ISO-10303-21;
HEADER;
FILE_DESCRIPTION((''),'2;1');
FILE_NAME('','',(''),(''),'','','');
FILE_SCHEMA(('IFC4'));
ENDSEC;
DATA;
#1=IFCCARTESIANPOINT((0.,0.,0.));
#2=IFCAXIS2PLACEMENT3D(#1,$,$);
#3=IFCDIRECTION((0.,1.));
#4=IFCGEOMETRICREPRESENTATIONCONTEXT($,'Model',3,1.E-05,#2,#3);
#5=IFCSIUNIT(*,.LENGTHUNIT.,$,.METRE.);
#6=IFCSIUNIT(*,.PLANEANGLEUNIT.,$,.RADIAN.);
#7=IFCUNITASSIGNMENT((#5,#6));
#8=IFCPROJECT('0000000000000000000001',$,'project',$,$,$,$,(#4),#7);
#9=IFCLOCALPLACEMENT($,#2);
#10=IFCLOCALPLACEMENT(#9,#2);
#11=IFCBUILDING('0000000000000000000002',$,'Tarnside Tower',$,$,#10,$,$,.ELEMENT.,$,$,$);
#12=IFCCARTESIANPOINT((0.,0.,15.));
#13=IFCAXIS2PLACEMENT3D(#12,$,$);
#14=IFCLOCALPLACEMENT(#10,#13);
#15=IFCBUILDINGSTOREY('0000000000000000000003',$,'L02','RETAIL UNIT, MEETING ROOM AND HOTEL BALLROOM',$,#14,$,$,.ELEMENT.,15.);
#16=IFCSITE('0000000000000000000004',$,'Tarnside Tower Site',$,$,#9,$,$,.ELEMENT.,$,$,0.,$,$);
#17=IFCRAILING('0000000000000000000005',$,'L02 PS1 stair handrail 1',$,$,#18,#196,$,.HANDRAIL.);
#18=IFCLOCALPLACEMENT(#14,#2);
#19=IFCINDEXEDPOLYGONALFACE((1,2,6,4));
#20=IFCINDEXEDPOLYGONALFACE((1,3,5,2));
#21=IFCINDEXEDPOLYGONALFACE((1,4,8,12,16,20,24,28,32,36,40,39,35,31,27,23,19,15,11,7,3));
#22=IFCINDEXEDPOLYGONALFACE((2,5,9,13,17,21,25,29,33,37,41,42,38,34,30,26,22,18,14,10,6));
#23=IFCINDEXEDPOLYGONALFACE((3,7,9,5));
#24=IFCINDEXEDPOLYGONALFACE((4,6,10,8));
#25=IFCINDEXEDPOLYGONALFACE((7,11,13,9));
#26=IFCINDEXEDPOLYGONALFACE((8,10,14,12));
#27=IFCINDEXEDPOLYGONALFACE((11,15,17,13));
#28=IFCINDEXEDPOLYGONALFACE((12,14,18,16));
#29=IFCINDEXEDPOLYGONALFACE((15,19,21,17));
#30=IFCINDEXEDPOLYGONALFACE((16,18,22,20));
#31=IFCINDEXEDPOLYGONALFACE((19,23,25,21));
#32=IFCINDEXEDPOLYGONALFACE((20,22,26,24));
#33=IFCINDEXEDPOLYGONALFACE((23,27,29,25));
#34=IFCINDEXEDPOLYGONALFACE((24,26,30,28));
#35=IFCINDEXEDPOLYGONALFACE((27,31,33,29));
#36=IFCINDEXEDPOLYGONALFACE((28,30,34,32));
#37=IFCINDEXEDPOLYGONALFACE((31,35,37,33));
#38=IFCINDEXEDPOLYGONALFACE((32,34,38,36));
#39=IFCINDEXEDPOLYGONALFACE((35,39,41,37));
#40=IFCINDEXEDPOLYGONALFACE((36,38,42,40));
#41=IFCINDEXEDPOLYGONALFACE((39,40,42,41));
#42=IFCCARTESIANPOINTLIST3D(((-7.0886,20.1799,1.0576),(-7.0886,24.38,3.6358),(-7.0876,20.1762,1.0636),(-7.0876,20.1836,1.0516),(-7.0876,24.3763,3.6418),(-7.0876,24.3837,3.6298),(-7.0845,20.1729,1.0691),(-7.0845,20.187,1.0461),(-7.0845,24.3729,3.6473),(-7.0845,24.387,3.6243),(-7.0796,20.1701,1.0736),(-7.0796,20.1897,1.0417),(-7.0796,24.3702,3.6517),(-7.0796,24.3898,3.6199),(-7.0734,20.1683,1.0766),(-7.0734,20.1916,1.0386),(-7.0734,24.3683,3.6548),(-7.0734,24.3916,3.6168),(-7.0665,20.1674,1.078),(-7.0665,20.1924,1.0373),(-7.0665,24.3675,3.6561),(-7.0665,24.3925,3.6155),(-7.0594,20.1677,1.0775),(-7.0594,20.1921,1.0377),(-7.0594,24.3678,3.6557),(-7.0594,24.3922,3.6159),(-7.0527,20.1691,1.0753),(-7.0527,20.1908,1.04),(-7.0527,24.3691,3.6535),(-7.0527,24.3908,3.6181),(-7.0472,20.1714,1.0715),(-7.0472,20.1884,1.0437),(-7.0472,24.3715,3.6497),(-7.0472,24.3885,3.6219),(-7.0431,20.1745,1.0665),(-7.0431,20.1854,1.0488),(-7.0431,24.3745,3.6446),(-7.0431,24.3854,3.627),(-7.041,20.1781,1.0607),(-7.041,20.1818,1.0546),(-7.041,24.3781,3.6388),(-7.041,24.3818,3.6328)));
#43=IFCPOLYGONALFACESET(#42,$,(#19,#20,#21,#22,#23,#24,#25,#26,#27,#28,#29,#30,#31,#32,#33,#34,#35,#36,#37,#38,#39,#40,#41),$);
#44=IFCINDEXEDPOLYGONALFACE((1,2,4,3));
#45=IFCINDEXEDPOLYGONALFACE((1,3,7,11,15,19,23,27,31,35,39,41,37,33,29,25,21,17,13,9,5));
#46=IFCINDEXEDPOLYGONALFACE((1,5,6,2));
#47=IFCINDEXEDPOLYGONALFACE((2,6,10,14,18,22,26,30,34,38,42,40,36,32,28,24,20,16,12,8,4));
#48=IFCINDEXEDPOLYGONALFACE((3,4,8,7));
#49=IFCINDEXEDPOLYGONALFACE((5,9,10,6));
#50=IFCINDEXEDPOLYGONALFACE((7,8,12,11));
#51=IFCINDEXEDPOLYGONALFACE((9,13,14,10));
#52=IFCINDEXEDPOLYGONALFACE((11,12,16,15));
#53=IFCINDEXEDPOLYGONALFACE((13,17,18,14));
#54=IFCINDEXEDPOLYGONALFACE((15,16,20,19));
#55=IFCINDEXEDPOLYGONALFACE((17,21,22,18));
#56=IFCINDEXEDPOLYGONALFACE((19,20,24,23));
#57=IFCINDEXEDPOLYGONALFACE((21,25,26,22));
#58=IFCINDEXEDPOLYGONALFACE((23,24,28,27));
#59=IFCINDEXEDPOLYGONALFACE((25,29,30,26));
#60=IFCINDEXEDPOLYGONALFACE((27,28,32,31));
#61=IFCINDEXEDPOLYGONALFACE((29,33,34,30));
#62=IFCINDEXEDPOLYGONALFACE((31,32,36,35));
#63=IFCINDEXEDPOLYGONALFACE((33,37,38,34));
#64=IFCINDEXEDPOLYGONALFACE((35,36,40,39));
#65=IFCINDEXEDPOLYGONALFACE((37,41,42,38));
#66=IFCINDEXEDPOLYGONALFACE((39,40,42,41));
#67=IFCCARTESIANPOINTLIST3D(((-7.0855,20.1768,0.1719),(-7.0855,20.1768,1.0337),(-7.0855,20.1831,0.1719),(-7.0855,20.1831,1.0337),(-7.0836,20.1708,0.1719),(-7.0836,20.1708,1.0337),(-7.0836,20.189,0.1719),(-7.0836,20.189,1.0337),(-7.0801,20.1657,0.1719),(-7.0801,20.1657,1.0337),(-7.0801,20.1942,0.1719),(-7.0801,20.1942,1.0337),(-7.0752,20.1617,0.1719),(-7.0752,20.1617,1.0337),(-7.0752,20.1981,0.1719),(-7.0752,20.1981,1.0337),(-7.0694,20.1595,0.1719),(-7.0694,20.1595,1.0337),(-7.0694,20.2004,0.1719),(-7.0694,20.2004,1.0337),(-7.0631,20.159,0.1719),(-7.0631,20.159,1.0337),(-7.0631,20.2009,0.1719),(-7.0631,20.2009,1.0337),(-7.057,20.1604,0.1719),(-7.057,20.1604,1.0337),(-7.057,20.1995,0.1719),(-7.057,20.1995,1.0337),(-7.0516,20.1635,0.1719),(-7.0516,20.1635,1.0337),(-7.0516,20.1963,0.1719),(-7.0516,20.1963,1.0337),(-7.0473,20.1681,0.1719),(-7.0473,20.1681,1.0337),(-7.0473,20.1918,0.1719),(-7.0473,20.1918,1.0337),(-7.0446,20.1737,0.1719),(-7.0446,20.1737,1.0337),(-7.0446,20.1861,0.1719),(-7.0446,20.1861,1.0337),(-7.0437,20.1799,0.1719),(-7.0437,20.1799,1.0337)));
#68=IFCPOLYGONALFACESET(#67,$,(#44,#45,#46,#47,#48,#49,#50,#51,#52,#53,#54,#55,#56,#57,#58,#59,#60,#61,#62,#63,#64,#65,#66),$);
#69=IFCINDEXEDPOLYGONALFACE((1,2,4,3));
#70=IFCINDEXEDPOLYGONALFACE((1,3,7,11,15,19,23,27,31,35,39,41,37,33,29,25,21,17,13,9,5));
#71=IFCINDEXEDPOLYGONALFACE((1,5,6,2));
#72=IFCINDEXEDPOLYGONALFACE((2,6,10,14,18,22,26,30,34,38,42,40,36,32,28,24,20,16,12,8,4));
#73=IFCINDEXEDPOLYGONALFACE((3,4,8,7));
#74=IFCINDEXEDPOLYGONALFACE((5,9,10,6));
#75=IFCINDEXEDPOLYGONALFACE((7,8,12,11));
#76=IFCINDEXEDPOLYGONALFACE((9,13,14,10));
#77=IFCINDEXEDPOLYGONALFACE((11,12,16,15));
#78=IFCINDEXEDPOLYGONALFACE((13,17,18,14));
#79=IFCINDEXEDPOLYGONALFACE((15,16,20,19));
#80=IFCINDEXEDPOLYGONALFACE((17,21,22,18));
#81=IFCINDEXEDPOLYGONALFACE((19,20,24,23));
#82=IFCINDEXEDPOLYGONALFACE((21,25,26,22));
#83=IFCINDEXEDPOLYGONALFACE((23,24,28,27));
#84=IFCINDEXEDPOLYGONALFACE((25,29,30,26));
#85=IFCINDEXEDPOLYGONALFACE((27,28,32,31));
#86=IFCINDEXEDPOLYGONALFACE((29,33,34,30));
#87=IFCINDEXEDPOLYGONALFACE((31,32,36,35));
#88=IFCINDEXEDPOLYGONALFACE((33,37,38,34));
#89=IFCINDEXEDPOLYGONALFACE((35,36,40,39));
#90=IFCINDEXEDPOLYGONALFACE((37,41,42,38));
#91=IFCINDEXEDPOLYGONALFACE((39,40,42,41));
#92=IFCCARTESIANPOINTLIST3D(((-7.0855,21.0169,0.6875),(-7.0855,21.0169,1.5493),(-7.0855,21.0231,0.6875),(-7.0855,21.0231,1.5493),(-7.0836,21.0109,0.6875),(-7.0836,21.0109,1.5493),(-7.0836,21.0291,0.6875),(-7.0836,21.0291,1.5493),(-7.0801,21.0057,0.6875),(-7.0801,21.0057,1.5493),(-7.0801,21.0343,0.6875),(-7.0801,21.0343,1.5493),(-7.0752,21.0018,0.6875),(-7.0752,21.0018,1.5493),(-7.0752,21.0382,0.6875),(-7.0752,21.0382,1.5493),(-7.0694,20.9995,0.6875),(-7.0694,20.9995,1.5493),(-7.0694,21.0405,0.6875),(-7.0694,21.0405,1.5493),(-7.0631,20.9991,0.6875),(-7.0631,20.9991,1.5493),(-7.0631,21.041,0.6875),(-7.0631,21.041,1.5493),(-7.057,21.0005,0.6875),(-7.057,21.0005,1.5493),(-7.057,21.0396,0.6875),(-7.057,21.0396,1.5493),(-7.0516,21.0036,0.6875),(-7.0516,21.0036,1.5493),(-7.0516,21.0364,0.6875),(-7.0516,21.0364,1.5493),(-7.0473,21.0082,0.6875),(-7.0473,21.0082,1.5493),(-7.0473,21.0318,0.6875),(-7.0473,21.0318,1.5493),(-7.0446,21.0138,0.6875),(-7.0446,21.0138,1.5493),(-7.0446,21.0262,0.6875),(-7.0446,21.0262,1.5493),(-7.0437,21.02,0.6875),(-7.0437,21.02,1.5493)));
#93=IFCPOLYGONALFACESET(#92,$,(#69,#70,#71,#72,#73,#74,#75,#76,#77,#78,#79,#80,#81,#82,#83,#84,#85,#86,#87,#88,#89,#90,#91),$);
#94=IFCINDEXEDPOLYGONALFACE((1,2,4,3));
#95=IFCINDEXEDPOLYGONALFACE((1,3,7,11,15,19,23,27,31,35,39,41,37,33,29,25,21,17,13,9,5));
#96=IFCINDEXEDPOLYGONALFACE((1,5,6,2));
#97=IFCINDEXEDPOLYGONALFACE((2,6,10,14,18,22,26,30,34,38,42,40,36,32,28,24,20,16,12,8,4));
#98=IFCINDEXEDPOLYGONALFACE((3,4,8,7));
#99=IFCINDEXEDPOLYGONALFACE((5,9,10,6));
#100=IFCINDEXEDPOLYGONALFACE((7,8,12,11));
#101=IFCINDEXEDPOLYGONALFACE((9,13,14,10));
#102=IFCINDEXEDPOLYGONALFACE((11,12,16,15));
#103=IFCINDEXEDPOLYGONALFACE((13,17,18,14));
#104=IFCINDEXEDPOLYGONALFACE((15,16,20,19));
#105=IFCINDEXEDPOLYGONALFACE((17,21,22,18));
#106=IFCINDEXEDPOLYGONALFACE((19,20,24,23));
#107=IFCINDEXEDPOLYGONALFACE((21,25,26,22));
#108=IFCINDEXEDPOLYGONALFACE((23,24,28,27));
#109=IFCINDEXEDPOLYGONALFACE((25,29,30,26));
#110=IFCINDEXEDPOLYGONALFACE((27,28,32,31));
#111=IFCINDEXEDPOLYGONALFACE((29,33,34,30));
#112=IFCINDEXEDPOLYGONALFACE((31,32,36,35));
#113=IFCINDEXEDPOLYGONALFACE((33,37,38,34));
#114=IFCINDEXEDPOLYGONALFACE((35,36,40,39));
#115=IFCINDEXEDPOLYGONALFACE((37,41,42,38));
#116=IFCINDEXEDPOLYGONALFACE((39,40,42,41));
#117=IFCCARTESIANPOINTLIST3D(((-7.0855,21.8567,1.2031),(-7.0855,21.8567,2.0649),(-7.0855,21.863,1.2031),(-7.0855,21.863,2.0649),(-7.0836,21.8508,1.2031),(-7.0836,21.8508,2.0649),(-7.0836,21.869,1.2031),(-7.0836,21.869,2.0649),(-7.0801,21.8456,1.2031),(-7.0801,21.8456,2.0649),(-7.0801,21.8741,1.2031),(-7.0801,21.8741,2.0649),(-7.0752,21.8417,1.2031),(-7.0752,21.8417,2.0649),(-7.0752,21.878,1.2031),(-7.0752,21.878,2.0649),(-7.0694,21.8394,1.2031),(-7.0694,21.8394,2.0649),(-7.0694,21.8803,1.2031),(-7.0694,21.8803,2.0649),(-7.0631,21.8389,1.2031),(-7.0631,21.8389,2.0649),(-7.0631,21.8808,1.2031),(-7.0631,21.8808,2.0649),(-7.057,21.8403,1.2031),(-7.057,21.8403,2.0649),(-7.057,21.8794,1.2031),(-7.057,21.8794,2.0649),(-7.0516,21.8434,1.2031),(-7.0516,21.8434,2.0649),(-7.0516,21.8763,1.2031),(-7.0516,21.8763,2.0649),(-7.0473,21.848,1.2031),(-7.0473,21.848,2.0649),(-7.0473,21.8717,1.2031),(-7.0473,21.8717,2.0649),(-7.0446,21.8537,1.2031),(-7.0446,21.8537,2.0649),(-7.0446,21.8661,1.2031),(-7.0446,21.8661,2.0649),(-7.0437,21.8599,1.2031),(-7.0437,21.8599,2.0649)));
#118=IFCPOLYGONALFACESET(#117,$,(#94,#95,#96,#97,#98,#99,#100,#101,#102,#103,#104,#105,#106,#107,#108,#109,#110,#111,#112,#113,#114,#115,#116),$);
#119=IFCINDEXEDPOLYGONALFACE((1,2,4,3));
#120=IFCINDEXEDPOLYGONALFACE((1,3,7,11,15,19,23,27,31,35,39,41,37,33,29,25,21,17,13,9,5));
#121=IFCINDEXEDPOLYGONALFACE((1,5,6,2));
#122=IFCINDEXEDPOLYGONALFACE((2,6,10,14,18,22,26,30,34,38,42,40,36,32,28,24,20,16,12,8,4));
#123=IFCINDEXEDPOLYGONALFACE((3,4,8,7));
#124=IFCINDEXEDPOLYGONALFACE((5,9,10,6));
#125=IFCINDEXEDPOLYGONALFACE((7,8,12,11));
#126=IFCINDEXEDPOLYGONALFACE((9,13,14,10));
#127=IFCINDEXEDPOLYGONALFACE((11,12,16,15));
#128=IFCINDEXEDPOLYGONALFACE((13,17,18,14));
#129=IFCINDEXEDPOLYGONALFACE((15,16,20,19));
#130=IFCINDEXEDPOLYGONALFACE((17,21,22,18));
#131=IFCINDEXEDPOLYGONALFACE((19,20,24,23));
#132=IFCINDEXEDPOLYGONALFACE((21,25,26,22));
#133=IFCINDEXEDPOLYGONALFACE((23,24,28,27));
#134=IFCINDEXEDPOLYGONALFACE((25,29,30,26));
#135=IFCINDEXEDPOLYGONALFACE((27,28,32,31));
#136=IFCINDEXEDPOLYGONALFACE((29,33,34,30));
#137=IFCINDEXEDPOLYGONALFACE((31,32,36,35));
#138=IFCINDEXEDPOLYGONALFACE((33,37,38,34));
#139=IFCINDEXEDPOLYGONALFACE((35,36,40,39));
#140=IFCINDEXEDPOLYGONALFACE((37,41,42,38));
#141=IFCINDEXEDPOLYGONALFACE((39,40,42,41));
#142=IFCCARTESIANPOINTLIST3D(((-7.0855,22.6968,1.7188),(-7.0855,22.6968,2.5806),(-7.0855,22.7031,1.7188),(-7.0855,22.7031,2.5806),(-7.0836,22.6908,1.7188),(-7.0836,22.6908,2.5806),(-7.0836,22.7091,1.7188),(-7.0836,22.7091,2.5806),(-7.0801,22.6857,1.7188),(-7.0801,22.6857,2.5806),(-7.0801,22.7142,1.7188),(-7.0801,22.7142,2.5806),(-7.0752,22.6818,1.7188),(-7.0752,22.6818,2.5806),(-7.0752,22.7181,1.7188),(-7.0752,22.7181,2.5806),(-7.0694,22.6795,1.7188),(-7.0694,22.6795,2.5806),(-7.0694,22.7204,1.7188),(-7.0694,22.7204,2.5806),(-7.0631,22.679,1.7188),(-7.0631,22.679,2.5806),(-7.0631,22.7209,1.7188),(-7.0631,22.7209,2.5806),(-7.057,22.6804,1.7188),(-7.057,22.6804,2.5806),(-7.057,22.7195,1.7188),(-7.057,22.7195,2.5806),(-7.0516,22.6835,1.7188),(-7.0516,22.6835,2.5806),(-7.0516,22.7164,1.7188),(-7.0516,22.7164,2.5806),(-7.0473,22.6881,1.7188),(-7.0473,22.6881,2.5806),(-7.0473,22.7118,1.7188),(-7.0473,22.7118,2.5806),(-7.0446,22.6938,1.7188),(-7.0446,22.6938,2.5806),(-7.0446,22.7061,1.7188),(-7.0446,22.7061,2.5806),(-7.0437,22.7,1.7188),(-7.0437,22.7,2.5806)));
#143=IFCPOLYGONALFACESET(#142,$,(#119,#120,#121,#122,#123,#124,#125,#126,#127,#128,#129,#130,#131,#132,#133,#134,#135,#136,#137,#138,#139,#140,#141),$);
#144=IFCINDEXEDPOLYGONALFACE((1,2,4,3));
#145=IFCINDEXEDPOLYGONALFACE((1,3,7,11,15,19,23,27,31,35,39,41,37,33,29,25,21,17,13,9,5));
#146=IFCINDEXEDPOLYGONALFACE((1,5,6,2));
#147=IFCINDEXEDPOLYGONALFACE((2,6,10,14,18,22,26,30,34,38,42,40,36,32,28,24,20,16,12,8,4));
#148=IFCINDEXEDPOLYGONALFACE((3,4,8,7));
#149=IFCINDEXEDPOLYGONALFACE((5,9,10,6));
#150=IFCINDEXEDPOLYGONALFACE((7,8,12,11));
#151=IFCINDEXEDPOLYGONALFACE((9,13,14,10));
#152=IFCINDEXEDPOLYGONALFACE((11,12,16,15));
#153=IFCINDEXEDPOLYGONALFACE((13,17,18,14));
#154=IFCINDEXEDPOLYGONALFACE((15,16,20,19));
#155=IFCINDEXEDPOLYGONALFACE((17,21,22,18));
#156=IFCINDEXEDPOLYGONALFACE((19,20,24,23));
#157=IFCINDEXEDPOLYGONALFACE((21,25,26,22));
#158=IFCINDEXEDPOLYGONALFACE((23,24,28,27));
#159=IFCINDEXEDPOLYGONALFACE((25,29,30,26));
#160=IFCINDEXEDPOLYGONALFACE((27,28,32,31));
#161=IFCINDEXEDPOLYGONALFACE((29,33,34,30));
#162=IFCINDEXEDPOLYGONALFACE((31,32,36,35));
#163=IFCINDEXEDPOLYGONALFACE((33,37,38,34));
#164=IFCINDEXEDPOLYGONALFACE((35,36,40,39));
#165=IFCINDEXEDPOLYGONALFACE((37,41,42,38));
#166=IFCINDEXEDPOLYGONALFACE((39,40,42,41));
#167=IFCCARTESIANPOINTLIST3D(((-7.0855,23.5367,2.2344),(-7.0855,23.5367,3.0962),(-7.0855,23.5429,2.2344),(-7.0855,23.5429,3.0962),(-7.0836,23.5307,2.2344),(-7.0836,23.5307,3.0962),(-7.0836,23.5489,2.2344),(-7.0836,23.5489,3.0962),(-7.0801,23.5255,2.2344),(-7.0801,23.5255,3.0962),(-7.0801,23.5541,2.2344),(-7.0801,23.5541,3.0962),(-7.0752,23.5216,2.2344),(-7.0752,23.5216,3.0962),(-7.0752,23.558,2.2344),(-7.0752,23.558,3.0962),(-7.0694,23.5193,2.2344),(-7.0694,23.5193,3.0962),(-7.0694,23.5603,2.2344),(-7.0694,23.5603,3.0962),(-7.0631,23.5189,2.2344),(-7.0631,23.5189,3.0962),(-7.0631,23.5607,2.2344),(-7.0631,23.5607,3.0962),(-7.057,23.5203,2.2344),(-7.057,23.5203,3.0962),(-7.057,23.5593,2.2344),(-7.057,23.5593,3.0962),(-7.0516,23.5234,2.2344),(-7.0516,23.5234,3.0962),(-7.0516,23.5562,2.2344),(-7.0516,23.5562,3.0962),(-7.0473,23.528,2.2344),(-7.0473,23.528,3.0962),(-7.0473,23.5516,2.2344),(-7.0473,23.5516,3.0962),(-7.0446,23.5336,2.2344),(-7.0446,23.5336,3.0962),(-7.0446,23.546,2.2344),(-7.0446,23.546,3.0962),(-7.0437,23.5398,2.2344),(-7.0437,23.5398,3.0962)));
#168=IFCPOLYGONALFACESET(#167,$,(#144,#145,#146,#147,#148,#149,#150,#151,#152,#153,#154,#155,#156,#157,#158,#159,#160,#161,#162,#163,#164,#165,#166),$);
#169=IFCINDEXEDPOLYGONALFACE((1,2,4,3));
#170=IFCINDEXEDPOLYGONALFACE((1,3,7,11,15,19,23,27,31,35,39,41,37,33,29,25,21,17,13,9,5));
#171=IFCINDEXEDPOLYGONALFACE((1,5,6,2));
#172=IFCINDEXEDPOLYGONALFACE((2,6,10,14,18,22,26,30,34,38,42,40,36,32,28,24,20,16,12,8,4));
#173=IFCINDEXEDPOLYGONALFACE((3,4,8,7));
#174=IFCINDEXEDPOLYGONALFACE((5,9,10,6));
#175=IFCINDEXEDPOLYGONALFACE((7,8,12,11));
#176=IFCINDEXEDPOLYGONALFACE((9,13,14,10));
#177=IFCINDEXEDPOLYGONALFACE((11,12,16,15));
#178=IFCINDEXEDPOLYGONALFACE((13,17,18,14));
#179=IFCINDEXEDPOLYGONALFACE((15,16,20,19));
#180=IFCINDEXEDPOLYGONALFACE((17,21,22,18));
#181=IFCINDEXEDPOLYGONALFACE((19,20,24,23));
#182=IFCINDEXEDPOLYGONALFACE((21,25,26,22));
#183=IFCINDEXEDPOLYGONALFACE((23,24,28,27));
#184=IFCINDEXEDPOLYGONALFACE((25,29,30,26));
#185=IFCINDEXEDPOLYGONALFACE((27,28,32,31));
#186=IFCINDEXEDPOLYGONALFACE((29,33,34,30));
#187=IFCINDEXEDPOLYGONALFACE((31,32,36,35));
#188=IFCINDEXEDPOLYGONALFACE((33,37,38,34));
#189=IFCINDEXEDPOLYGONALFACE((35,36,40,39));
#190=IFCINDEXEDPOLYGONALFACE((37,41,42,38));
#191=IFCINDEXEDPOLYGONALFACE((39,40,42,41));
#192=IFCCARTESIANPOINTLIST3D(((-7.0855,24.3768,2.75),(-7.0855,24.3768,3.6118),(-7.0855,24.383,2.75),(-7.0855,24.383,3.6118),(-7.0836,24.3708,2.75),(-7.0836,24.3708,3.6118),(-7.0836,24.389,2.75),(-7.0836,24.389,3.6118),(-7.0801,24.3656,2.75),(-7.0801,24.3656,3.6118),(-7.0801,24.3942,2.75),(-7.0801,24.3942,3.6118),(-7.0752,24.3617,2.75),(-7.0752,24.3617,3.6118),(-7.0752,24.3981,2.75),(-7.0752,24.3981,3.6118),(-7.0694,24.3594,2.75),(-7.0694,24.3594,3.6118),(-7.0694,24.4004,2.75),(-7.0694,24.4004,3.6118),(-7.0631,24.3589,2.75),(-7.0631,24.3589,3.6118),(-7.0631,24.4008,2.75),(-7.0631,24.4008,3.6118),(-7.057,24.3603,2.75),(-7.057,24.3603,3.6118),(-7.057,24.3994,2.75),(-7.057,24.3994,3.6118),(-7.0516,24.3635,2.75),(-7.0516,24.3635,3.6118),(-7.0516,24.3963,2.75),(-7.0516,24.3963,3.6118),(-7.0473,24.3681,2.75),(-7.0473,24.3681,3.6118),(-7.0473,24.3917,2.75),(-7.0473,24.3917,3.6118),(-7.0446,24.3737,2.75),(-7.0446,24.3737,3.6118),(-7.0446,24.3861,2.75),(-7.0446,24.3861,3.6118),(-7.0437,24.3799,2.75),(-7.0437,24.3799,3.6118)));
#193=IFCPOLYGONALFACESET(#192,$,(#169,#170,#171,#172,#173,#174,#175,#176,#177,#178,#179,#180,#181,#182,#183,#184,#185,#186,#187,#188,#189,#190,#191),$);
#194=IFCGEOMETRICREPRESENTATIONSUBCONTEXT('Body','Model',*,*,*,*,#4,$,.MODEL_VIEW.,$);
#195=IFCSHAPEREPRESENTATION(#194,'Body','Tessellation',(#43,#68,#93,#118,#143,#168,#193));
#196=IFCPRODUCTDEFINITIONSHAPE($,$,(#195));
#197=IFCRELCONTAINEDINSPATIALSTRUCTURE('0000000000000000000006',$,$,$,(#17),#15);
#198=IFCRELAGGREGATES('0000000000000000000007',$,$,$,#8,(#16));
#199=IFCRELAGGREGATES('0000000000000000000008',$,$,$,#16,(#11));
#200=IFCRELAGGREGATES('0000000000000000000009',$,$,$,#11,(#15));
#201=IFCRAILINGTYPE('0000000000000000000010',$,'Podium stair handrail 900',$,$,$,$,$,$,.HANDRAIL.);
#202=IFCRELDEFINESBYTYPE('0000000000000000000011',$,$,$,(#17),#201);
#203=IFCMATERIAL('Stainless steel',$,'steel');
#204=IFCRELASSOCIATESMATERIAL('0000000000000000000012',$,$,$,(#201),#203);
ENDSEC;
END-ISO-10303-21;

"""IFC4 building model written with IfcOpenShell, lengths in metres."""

from ifc_helpers import new_model, si_unit, direction, frame, origin, origin_2d, place, context, subcontext, project, spatial, circle, extrude, material, type_object, element, save


model = new_model("IFC4")

# Units and contexts
model_context = context("Model", 3, precision=1e-05, world=origin(), true_north=direction((0.0, 1.0)))
body_context = subcontext(model_context, "Body", "Model", "MODEL_VIEW")
ifc_project = project(units=[si_unit("LENGTHUNIT", "METRE"), si_unit("PLANEANGLEUNIT", "RADIAN")], contexts=[model_context])

# Site, building, storey
site_placement = place(None, origin())
site = spatial("IfcSite", under=ifc_project, at=site_placement, Name="Tarnside Tower Site", CompositionType="ELEMENT", RefElevation=0.0)
building_placement = place(site_placement, origin())
building = spatial("IfcBuilding", under=site, at=building_placement, Name="Tarnside Tower", CompositionType="ELEMENT")
storey_placement = place(building_placement, frame((0.0, 0.0, 15.0)))
storey = spatial("IfcBuildingStorey", under=building, at=storey_placement, Name="L02", Description="RETAIL UNIT, MEETING ROOM AND HOTEL BALLROOM", CompositionType="ELEMENT", Elevation=15.0)

# Railing
ifc_material_1 = material(Name="Stainless steel", Category="steel")
railing_type_1 = type_object("IfcRailingType", Name="Podium stair handrail 900", PredefinedType="HANDRAIL", material=ifc_material_1)
railing_1_placement = place(storey_placement, frame((-7.0647, 20.1799, 0.1719)))
element("IfcRailing", 1, at=railing_1_placement, inside=storey, type_object=railing_type_1, Name="L02 PS1 stair handrail 1", PredefinedType="HANDRAIL", context=body_context, shape_type="SweptSolid", body=[
    extrude(circle(Radius=0.0239, at=origin_2d()), frame((0.0, 0.0, 0.8857), z_axis=(0.0, 0.852243, 0.523146), x_axis=(-1.0, 0.0, 0.0)), (0.0, 0.0, 1.0), 4.9282),
    extrude(circle(Radius=0.021, at=origin_2d()), origin(), (0.0, 0.0, 1.0), 0.8618),
    extrude(circle(Radius=0.021, at=origin_2d()), frame((0.0, 0.8401, 0.5156)), (0.0, 0.0, 1.0), 0.8618),
    extrude(circle(Radius=0.021, at=origin_2d()), frame((0.0, 1.6799, 1.0312)), (0.0, 0.0, 1.0), 0.8618),
    extrude(circle(Radius=0.021, at=origin_2d()), frame((0.0, 2.52, 1.5469)), (0.0, 0.0, 1.0), 0.8618),
    extrude(circle(Radius=0.021, at=origin_2d()), frame((0.0, 3.3599, 2.0625)), (0.0, 0.0, 1.0), 0.8618),
    extrude(circle(Radius=0.021, at=origin_2d()), frame((0.0, 4.2, 2.5781)), (0.0, 0.0, 1.0), 0.8618),
])

save(model, "model.ifc")
